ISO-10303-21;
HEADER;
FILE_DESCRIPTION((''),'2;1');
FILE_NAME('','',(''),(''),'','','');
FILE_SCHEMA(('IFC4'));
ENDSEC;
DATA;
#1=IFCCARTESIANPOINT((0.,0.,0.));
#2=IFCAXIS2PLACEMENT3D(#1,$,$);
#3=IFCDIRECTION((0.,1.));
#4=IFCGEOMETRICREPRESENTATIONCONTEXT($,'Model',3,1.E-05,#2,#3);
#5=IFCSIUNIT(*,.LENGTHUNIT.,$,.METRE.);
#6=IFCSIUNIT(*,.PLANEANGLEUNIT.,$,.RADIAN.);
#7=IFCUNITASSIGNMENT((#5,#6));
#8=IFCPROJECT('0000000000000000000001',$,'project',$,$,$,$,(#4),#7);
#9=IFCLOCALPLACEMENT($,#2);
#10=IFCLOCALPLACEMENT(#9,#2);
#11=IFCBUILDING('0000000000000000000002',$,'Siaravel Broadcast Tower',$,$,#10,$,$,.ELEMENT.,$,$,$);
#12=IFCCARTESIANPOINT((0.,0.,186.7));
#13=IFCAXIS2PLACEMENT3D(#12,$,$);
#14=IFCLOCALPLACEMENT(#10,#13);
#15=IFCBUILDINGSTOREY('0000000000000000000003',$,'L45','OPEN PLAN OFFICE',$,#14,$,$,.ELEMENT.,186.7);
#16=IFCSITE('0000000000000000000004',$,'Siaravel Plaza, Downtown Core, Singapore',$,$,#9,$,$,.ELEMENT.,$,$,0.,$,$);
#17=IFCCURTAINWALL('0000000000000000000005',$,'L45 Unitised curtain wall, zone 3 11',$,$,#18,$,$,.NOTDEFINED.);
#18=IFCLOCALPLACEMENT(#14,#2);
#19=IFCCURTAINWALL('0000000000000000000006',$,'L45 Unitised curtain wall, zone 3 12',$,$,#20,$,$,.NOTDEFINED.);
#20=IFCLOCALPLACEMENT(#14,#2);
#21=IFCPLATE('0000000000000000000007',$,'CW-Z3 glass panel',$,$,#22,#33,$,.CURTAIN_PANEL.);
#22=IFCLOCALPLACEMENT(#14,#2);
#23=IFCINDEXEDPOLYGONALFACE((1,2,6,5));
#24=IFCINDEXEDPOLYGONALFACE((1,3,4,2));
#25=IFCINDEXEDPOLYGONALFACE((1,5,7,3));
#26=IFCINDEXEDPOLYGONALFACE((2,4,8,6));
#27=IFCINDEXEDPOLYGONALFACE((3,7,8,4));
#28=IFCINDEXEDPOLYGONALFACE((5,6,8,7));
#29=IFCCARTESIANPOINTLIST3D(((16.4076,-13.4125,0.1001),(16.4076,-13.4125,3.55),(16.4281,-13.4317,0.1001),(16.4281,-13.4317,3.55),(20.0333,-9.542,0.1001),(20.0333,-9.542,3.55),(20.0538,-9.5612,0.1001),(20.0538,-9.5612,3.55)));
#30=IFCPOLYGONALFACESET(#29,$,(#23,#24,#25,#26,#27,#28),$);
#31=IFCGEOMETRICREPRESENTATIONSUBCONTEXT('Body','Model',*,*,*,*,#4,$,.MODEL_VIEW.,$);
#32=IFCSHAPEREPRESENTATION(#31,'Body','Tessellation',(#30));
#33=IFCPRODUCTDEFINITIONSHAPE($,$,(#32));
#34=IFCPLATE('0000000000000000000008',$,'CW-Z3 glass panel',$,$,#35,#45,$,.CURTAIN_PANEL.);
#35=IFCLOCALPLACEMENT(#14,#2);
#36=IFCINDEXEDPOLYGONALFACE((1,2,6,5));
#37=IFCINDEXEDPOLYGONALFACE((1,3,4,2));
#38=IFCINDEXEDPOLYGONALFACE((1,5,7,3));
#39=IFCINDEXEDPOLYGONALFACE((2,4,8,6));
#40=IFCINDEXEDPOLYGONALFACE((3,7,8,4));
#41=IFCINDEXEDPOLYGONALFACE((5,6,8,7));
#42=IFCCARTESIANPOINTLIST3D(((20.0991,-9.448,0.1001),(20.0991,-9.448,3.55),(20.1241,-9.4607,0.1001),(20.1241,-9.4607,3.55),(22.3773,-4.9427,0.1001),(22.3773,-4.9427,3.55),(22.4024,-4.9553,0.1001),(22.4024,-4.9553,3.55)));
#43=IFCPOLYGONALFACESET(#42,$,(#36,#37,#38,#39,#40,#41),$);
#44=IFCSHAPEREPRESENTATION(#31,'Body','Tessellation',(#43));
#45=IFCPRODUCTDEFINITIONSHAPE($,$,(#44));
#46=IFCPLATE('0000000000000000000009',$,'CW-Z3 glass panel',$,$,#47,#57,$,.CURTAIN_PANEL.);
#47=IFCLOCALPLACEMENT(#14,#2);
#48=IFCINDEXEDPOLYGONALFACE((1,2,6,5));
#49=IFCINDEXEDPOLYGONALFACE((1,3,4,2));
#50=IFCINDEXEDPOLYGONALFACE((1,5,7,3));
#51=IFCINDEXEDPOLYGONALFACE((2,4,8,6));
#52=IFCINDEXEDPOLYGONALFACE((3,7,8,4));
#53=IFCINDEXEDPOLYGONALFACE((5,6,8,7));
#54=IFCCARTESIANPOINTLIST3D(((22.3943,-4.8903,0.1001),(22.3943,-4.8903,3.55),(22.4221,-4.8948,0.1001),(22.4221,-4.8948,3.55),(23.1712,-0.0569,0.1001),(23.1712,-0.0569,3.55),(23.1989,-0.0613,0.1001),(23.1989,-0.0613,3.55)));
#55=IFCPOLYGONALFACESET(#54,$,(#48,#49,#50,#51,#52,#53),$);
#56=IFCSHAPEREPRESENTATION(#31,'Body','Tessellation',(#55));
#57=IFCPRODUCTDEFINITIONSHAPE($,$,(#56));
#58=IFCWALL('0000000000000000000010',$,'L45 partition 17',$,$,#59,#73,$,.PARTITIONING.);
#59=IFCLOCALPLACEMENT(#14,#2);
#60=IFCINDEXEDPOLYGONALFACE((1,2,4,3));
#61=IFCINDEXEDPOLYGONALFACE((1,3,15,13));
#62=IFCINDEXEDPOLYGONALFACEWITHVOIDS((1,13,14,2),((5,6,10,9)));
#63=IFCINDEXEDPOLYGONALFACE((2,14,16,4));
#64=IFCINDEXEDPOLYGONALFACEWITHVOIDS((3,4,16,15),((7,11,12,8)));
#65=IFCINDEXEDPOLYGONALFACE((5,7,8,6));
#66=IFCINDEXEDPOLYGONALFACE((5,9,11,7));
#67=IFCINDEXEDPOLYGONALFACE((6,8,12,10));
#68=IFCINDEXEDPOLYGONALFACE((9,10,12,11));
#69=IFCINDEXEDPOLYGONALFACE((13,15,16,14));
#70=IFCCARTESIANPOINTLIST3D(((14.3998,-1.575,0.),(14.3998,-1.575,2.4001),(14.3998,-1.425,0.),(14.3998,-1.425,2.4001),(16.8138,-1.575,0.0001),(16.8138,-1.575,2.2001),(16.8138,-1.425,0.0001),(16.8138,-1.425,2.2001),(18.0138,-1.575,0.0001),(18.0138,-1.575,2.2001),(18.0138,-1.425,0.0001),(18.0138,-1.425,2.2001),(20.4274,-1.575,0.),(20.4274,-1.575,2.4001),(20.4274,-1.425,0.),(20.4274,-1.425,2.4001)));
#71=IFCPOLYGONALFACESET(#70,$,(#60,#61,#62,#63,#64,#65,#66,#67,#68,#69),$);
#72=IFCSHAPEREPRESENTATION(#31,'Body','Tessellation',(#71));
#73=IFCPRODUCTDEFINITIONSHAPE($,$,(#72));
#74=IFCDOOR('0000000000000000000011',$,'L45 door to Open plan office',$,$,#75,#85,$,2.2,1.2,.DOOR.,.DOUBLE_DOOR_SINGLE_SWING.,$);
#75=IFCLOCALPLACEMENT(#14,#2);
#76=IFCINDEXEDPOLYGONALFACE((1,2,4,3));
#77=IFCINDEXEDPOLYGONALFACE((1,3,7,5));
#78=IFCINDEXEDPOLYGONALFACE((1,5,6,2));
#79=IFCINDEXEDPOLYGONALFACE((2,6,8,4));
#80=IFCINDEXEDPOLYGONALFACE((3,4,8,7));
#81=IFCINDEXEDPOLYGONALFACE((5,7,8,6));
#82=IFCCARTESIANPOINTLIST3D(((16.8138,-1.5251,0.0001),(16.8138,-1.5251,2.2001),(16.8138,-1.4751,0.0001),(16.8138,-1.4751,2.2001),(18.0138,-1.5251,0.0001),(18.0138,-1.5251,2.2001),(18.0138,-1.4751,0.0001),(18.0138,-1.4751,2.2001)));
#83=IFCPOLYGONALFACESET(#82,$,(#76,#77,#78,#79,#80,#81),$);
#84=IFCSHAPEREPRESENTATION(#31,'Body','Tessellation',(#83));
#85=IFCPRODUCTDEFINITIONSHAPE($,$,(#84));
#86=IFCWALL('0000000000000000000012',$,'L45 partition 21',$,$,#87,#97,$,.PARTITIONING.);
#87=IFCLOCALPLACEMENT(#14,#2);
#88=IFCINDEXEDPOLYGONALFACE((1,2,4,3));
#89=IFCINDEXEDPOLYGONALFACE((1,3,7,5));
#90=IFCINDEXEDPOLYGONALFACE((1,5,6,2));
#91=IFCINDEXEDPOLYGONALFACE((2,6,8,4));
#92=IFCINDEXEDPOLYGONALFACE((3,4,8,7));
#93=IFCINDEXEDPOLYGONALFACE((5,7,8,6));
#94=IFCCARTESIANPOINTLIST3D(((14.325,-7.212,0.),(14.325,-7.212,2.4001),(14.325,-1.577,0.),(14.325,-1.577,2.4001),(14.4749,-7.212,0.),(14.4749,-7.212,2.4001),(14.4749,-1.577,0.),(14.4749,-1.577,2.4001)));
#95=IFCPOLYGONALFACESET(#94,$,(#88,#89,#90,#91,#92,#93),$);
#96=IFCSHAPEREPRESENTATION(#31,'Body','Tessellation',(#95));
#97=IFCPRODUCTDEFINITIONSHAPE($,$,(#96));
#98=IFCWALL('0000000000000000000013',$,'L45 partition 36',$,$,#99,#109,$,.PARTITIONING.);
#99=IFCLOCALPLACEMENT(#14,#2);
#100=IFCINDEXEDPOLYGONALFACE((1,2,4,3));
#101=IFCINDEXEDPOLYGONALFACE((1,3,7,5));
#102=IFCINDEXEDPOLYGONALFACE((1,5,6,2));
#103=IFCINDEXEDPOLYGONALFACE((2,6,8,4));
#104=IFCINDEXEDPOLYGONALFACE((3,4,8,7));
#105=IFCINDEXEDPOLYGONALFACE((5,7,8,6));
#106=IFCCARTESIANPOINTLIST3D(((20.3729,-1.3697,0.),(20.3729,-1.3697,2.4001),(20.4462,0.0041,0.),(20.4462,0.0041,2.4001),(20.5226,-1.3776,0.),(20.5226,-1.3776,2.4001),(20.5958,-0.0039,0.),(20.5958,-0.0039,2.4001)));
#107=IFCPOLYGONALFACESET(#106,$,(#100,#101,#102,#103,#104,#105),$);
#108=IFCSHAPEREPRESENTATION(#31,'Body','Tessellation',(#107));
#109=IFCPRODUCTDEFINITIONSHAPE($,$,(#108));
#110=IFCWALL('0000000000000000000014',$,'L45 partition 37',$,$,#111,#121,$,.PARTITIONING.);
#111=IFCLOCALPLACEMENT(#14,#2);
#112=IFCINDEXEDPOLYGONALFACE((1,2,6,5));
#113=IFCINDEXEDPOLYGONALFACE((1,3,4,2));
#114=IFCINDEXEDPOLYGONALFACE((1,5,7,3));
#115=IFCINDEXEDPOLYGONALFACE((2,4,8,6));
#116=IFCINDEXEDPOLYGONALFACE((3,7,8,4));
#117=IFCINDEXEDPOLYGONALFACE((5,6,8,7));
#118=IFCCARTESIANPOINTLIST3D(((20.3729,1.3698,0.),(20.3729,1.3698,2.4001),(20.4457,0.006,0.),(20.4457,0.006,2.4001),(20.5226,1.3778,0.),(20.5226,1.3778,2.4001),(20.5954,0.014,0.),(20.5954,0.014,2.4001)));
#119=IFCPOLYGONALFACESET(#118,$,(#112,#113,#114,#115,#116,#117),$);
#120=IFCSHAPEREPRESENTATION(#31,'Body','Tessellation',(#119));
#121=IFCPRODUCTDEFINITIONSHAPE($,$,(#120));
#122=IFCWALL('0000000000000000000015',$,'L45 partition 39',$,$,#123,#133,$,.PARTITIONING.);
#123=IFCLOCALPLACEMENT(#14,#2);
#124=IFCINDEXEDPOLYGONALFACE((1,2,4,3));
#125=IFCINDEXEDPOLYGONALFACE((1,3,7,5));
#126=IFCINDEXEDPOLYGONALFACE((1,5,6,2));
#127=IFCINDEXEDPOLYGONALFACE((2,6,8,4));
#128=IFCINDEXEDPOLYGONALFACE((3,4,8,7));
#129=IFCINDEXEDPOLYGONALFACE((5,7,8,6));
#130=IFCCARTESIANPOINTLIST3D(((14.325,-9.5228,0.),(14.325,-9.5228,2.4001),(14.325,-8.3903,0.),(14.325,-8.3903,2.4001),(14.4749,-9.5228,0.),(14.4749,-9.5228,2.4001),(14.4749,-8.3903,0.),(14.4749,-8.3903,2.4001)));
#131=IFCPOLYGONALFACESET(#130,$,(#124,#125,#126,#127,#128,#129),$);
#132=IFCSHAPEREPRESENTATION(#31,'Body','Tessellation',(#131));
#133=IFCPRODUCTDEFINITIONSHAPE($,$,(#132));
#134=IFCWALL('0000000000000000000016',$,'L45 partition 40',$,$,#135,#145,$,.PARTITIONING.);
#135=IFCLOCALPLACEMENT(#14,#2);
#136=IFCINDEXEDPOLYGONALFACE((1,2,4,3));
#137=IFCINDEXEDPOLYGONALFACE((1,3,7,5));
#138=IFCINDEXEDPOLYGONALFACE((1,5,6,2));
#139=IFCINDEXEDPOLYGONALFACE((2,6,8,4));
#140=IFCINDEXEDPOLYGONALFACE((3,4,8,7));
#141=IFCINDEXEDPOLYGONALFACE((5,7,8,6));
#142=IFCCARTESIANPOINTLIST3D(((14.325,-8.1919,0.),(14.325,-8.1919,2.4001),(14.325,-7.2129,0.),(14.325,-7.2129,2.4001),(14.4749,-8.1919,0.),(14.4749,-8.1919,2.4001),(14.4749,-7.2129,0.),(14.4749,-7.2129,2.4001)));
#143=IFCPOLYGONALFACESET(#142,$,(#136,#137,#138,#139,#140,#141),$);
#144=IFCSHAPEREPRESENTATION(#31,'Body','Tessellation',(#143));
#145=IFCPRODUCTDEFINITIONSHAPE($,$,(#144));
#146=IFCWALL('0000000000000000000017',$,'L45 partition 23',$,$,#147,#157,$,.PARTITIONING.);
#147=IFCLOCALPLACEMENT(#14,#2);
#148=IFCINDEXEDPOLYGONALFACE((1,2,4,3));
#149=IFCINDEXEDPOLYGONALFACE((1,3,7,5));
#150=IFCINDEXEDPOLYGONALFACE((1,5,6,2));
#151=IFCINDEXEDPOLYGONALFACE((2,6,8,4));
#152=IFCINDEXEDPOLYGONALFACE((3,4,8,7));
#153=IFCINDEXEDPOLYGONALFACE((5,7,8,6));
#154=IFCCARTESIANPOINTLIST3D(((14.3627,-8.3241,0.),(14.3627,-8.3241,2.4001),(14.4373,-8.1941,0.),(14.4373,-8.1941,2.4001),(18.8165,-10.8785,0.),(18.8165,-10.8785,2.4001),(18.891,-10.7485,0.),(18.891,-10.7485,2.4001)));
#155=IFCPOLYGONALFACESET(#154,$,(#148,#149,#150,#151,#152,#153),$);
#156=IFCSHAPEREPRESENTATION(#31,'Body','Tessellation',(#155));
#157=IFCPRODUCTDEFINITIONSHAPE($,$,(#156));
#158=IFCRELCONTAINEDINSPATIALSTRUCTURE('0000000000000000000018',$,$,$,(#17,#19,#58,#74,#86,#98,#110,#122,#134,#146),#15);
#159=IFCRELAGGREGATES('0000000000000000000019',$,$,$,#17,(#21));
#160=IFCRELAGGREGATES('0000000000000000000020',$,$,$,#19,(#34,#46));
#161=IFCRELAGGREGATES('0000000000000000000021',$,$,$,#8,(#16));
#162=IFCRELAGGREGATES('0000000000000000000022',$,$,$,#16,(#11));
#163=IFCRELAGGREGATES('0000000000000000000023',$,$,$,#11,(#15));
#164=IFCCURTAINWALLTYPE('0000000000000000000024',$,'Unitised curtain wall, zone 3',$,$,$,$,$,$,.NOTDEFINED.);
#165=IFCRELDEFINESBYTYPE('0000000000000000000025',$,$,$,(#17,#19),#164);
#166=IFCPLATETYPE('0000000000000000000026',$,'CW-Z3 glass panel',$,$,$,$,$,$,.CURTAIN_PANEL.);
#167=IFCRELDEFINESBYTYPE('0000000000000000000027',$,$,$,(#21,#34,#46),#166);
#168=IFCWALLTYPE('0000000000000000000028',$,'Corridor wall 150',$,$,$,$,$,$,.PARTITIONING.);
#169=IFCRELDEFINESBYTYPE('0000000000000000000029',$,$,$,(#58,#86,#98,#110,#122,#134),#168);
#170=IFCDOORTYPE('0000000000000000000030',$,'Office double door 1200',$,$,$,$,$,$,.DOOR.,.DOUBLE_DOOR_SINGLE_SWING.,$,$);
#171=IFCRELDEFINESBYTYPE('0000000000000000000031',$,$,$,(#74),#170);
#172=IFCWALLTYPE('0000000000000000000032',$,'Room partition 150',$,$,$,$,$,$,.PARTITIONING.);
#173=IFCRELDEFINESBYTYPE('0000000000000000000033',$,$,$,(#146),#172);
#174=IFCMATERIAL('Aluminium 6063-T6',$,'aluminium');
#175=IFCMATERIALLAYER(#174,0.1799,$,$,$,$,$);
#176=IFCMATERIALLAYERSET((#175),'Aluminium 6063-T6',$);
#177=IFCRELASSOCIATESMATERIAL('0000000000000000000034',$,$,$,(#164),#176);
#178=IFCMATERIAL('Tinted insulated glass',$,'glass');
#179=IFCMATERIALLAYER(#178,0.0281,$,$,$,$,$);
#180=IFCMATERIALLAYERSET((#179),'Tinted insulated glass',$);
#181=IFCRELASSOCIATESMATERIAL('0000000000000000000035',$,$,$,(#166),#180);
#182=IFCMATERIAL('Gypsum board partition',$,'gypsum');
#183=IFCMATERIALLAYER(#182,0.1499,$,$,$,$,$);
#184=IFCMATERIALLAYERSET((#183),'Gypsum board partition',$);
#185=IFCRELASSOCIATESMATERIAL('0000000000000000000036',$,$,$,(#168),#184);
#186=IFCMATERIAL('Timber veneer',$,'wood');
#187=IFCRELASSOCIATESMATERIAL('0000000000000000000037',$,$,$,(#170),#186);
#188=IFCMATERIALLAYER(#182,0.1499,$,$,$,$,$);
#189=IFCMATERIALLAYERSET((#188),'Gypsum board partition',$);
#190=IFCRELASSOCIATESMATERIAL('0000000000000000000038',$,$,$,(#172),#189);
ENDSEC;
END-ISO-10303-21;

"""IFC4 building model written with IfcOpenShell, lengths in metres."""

from ifc_helpers import new_model, si_unit, direction, frame, frame_2d, origin, origin_2d, place, context, subcontext, project, spatial, rectangle, extrude, material, layer, layer_set, type_object, element, fill, aggregate, save


model = new_model("IFC4")

# Units and contexts
model_context = context("Model", 3, precision=1e-05, world=origin(), true_north=direction((0.0, 1.0)))
body_context = subcontext(model_context, "Body", "Model", "MODEL_VIEW")
ifc_project = project(units=[si_unit("LENGTHUNIT", "METRE"), si_unit("PLANEANGLEUNIT", "RADIAN")], contexts=[model_context])

# Site, building, storey
site_placement = place(None, origin())
site = spatial("IfcSite", under=ifc_project, at=site_placement, Name="Siaravel Plaza, Downtown Core, Singapore", CompositionType="ELEMENT", RefElevation=0.0)
building_placement = place(site_placement, origin())
building = spatial("IfcBuilding", under=site, at=building_placement, Name="Siaravel Broadcast Tower", CompositionType="ELEMENT")
storey_placement = place(building_placement, frame((0.0, 0.0, 186.7)))
storey = spatial("IfcBuildingStorey", under=building, at=storey_placement, Name="L45", Description="OPEN PLAN OFFICE", CompositionType="ELEMENT", Elevation=186.7)

# Shared definitions
ifc_material_1 = material(Name="Aluminium 6063-T6", Category="aluminium")
ifc_layer_1 = layer(ifc_material_1, 0.1799)
ifc_layer_set_1 = layer_set([ifc_layer_1], Name="Aluminium 6063-T6")
curtain_wall_type = type_object("IfcCurtainWallType", Name="Unitised curtain wall, zone 3", PredefinedType="NOTDEFINED", material=ifc_layer_set_1)

# Curtain walls
curtain_wall_1_placement = place(storey_placement, origin())
curtain_wall_1 = element("IfcCurtainWall", 1, at=curtain_wall_1_placement, inside=storey, type_object=curtain_wall_type, Name="L45 Unitised curtain wall, zone 3 11", PredefinedType="NOTDEFINED")
curtain_wall_2_placement = place(storey_placement, origin())
curtain_wall_2 = element("IfcCurtainWall", 2, at=curtain_wall_2_placement, inside=storey, type_object=curtain_wall_type, Name="L45 Unitised curtain wall, zone 3 12", PredefinedType="NOTDEFINED")

# Plates
ifc_material_2 = material(Name="Tinted insulated glass", Category="glass")
ifc_layer_2 = layer(ifc_material_2, 0.0281)
ifc_layer_set_2 = layer_set([ifc_layer_2], Name="Tinted insulated glass")
plate_type = type_object("IfcPlateType", Name="CW-Z3 glass panel", PredefinedType="CURTAIN_PANEL", material=ifc_layer_set_2)
plate_1_placement = place(storey_placement, frame((18.2307, -11.4868, 0.1001), z_axis=(0.0, 0.0, 1.0), x_axis=(0.683655, 0.729805, 0.0)))
plate_1 = element("IfcPlate", 3, at=plate_1_placement, type_object=plate_type, Name="CW-Z3 glass panel", PredefinedType="CURTAIN_PANEL", context=body_context, shape_type="SweptSolid", body=[
    extrude(rectangle(XDim=5.3035, YDim=0.0281, at=origin_2d()), origin(), (0.0, 0.0, 1.0), 3.45),
])
aggregate(curtain_wall_1, [plate_1])
plate_2_placement = place(storey_placement, frame((21.2507, -7.2017, 0.1001), z_axis=(0.0, 0.0, 1.0), x_axis=(0.451261, 0.892392, 0.0)))
plate_2 = element("IfcPlate", 4, at=plate_2_placement, type_object=plate_type, Name="CW-Z3 glass panel", PredefinedType="CURTAIN_PANEL", context=body_context, shape_type="SweptSolid", body=[
    extrude(rectangle(XDim=5.0486, YDim=0.0281, at=origin_2d()), origin(), (0.0, 0.0, 1.0), 3.45),
])
plate_3_placement = place(storey_placement, frame((22.7966, -2.4758, 0.1001), z_axis=(0.0, 0.0, 1.0), x_axis=(0.158686, 0.987329, 0.0)))
plate_3 = element("IfcPlate", 5, at=plate_3_placement, type_object=plate_type, Name="CW-Z3 glass panel", PredefinedType="CURTAIN_PANEL", context=body_context, shape_type="SweptSolid", body=[
    extrude(rectangle(XDim=4.8955, YDim=0.0281, at=origin_2d()), origin(), (0.0, 0.0, 1.0), 3.45),
])
aggregate(curtain_wall_2, [plate_2, plate_3])

# Wall, opening, door
ifc_material_3 = material(Name="Gypsum board partition", Category="gypsum")
ifc_layer_3 = layer(ifc_material_3, 0.1499)
ifc_layer_set_3 = layer_set([ifc_layer_3], Name="Gypsum board partition")
wall_type_1 = type_object("IfcWallType", Name="Corridor wall 150", PredefinedType="PARTITIONING", material=ifc_layer_set_3)
wall_1_placement = place(storey_placement, frame((14.3999, -1.5, 0.0), z_axis=(0.0, 0.0, 1.0), x_axis=(1.0, 0.0, 0.0)))
wall_1 = element("IfcWall", 6, at=wall_1_placement, inside=storey, type_object=wall_type_1, Name="L45 partition 17", PredefinedType="PARTITIONING", context=body_context, shape_type="SweptSolid", body=[
    extrude(rectangle(XDim=6.0276, YDim=0.1499, at=frame_2d((3.0137, 0.0))), origin(), (0.0, 0.0, 1.0), 2.4001),
])
opening_placement = place(wall_1_placement, frame((2.4138, 0.0, 0.0)))
opening = element("IfcOpeningElement", 7, at=opening_placement, cuts=wall_1, PredefinedType="OPENING", context=body_context, shape_type="SweptSolid", body=[
    extrude(rectangle(XDim=1.2, YDim=2.2, at=frame_2d((0.6001, 1.1001))), frame((0.0, 0.085, 0.0), z_axis=(0.0, -1.0, 0.0), x_axis=(1.0, 0.0, 0.0)), (0.0, 0.0, 1.0), 0.1699),
])
ifc_material_4 = material(Name="Timber veneer", Category="wood")
door_type = type_object("IfcDoorType", Name="Office double door 1200", OperationType="DOUBLE_DOOR_SINGLE_SWING", PredefinedType="DOOR", material=ifc_material_4)
door_placement = place(opening_placement, origin())
door = element("IfcDoor", 8, at=door_placement, inside=storey, type_object=door_type, Name="L45 door to Open plan office", OperationType="DOUBLE_DOOR_SINGLE_SWING", OverallHeight=2.2, OverallWidth=1.2, PredefinedType="DOOR", context=body_context, shape_type="SweptSolid", body=[
    extrude(rectangle(XDim=1.2, YDim=2.2, at=frame_2d((0.6001, 1.1001))), frame((0.0, 0.0249, 0.0), z_axis=(0.0, -1.0, 0.0), x_axis=(1.0, 0.0, 0.0)), (0.0, 0.0, 1.0), 0.05),
])
fill(opening, door)

# Walls
wall_2_placement = place(storey_placement, frame((14.3999, -7.2119, 0.0), z_axis=(0.0, 0.0, 1.0), x_axis=(0.0, 1.0, 0.0)))
element("IfcWall", 9, at=wall_2_placement, inside=storey, type_object=wall_type_1, Name="L45 partition 21", PredefinedType="PARTITIONING", context=body_context, shape_type="SweptSolid", body=[
    extrude(rectangle(XDim=5.635, YDim=0.1499, at=frame_2d((2.8174, 0.0))), origin(), (0.0, 0.0, 1.0), 2.4001),
])
wall_3_placement = place(storey_placement, frame((20.4478, -1.3738, 0.0), z_axis=(0.0, 0.0, 1.0), x_axis=(0.053239, 0.998582, 0.0)))
element("IfcWall", 10, at=wall_3_placement, inside=storey, type_object=wall_type_1, Name="L45 partition 36", PredefinedType="PARTITIONING", context=body_context, shape_type="SweptSolid", body=[
    extrude(rectangle(XDim=1.3757, YDim=0.1499, at=frame_2d((0.688, 0.0))), origin(), (0.0, 0.0, 1.0), 2.4001),
])
wall_4_placement = place(storey_placement, frame((20.5205, 0.01, 0.0), z_axis=(0.0, 0.0, 1.0), x_axis=(-0.053272, 0.99858, 0.0)))
element("IfcWall", 11, at=wall_4_placement, inside=storey, type_object=wall_type_1, Name="L45 partition 37", PredefinedType="PARTITIONING", context=body_context, shape_type="SweptSolid", body=[
    extrude(rectangle(XDim=1.3657, YDim=0.1499, at=frame_2d((0.6829, 0.0))), origin(), (0.0, 0.0, 1.0), 2.4001),
])
wall_5_placement = place(storey_placement, frame((14.3999, -9.5229, 0.0), z_axis=(0.0, 0.0, 1.0), x_axis=(0.0, 1.0, 0.0)))
element("IfcWall", 12, at=wall_5_placement, inside=storey, type_object=wall_type_1, Name="L45 partition 39", PredefinedType="PARTITIONING", context=body_context, shape_type="SweptSolid", body=[
    extrude(rectangle(XDim=1.1326, YDim=0.1499, at=frame_2d((0.5664, 0.0))), origin(), (0.0, 0.0, 1.0), 2.4001),
])
wall_6_placement = place(storey_placement, frame((14.3999, -8.1919, 0.0), z_axis=(0.0, 0.0, 1.0), x_axis=(0.0, 1.0, 0.0)))
element("IfcWall", 13, at=wall_6_placement, inside=storey, type_object=wall_type_1, Name="L45 partition 40", PredefinedType="PARTITIONING", context=body_context, shape_type="SweptSolid", body=[
    extrude(rectangle(XDim=0.979, YDim=0.1499, at=frame_2d((0.4895, 0.0))), origin(), (0.0, 0.0, 1.0), 2.4001),
])
ifc_layer_4 = layer(ifc_material_3, 0.1499)
ifc_layer_set_4 = layer_set([ifc_layer_4], Name="Gypsum board partition")
wall_type_2 = type_object("IfcWallType", Name="Room partition 150", PredefinedType="PARTITIONING", material=ifc_layer_set_4)
wall_7_placement = place(storey_placement, frame((18.8538, -10.8135, 0.0), z_axis=(0.0, 0.0, 1.0), x_axis=(-0.867455, 0.497516, 0.0)))
element("IfcWall", 14, at=wall_7_placement, inside=storey, type_object=wall_type_2, Name="L45 partition 23", PredefinedType="PARTITIONING", context=body_context, shape_type="SweptSolid", body=[
    extrude(rectangle(XDim=5.1343, YDim=0.1499, at=frame_2d((2.5671, 0.0))), origin(), (0.0, 0.0, 1.0), 2.4001),
])

save(model, "model.ifc")
